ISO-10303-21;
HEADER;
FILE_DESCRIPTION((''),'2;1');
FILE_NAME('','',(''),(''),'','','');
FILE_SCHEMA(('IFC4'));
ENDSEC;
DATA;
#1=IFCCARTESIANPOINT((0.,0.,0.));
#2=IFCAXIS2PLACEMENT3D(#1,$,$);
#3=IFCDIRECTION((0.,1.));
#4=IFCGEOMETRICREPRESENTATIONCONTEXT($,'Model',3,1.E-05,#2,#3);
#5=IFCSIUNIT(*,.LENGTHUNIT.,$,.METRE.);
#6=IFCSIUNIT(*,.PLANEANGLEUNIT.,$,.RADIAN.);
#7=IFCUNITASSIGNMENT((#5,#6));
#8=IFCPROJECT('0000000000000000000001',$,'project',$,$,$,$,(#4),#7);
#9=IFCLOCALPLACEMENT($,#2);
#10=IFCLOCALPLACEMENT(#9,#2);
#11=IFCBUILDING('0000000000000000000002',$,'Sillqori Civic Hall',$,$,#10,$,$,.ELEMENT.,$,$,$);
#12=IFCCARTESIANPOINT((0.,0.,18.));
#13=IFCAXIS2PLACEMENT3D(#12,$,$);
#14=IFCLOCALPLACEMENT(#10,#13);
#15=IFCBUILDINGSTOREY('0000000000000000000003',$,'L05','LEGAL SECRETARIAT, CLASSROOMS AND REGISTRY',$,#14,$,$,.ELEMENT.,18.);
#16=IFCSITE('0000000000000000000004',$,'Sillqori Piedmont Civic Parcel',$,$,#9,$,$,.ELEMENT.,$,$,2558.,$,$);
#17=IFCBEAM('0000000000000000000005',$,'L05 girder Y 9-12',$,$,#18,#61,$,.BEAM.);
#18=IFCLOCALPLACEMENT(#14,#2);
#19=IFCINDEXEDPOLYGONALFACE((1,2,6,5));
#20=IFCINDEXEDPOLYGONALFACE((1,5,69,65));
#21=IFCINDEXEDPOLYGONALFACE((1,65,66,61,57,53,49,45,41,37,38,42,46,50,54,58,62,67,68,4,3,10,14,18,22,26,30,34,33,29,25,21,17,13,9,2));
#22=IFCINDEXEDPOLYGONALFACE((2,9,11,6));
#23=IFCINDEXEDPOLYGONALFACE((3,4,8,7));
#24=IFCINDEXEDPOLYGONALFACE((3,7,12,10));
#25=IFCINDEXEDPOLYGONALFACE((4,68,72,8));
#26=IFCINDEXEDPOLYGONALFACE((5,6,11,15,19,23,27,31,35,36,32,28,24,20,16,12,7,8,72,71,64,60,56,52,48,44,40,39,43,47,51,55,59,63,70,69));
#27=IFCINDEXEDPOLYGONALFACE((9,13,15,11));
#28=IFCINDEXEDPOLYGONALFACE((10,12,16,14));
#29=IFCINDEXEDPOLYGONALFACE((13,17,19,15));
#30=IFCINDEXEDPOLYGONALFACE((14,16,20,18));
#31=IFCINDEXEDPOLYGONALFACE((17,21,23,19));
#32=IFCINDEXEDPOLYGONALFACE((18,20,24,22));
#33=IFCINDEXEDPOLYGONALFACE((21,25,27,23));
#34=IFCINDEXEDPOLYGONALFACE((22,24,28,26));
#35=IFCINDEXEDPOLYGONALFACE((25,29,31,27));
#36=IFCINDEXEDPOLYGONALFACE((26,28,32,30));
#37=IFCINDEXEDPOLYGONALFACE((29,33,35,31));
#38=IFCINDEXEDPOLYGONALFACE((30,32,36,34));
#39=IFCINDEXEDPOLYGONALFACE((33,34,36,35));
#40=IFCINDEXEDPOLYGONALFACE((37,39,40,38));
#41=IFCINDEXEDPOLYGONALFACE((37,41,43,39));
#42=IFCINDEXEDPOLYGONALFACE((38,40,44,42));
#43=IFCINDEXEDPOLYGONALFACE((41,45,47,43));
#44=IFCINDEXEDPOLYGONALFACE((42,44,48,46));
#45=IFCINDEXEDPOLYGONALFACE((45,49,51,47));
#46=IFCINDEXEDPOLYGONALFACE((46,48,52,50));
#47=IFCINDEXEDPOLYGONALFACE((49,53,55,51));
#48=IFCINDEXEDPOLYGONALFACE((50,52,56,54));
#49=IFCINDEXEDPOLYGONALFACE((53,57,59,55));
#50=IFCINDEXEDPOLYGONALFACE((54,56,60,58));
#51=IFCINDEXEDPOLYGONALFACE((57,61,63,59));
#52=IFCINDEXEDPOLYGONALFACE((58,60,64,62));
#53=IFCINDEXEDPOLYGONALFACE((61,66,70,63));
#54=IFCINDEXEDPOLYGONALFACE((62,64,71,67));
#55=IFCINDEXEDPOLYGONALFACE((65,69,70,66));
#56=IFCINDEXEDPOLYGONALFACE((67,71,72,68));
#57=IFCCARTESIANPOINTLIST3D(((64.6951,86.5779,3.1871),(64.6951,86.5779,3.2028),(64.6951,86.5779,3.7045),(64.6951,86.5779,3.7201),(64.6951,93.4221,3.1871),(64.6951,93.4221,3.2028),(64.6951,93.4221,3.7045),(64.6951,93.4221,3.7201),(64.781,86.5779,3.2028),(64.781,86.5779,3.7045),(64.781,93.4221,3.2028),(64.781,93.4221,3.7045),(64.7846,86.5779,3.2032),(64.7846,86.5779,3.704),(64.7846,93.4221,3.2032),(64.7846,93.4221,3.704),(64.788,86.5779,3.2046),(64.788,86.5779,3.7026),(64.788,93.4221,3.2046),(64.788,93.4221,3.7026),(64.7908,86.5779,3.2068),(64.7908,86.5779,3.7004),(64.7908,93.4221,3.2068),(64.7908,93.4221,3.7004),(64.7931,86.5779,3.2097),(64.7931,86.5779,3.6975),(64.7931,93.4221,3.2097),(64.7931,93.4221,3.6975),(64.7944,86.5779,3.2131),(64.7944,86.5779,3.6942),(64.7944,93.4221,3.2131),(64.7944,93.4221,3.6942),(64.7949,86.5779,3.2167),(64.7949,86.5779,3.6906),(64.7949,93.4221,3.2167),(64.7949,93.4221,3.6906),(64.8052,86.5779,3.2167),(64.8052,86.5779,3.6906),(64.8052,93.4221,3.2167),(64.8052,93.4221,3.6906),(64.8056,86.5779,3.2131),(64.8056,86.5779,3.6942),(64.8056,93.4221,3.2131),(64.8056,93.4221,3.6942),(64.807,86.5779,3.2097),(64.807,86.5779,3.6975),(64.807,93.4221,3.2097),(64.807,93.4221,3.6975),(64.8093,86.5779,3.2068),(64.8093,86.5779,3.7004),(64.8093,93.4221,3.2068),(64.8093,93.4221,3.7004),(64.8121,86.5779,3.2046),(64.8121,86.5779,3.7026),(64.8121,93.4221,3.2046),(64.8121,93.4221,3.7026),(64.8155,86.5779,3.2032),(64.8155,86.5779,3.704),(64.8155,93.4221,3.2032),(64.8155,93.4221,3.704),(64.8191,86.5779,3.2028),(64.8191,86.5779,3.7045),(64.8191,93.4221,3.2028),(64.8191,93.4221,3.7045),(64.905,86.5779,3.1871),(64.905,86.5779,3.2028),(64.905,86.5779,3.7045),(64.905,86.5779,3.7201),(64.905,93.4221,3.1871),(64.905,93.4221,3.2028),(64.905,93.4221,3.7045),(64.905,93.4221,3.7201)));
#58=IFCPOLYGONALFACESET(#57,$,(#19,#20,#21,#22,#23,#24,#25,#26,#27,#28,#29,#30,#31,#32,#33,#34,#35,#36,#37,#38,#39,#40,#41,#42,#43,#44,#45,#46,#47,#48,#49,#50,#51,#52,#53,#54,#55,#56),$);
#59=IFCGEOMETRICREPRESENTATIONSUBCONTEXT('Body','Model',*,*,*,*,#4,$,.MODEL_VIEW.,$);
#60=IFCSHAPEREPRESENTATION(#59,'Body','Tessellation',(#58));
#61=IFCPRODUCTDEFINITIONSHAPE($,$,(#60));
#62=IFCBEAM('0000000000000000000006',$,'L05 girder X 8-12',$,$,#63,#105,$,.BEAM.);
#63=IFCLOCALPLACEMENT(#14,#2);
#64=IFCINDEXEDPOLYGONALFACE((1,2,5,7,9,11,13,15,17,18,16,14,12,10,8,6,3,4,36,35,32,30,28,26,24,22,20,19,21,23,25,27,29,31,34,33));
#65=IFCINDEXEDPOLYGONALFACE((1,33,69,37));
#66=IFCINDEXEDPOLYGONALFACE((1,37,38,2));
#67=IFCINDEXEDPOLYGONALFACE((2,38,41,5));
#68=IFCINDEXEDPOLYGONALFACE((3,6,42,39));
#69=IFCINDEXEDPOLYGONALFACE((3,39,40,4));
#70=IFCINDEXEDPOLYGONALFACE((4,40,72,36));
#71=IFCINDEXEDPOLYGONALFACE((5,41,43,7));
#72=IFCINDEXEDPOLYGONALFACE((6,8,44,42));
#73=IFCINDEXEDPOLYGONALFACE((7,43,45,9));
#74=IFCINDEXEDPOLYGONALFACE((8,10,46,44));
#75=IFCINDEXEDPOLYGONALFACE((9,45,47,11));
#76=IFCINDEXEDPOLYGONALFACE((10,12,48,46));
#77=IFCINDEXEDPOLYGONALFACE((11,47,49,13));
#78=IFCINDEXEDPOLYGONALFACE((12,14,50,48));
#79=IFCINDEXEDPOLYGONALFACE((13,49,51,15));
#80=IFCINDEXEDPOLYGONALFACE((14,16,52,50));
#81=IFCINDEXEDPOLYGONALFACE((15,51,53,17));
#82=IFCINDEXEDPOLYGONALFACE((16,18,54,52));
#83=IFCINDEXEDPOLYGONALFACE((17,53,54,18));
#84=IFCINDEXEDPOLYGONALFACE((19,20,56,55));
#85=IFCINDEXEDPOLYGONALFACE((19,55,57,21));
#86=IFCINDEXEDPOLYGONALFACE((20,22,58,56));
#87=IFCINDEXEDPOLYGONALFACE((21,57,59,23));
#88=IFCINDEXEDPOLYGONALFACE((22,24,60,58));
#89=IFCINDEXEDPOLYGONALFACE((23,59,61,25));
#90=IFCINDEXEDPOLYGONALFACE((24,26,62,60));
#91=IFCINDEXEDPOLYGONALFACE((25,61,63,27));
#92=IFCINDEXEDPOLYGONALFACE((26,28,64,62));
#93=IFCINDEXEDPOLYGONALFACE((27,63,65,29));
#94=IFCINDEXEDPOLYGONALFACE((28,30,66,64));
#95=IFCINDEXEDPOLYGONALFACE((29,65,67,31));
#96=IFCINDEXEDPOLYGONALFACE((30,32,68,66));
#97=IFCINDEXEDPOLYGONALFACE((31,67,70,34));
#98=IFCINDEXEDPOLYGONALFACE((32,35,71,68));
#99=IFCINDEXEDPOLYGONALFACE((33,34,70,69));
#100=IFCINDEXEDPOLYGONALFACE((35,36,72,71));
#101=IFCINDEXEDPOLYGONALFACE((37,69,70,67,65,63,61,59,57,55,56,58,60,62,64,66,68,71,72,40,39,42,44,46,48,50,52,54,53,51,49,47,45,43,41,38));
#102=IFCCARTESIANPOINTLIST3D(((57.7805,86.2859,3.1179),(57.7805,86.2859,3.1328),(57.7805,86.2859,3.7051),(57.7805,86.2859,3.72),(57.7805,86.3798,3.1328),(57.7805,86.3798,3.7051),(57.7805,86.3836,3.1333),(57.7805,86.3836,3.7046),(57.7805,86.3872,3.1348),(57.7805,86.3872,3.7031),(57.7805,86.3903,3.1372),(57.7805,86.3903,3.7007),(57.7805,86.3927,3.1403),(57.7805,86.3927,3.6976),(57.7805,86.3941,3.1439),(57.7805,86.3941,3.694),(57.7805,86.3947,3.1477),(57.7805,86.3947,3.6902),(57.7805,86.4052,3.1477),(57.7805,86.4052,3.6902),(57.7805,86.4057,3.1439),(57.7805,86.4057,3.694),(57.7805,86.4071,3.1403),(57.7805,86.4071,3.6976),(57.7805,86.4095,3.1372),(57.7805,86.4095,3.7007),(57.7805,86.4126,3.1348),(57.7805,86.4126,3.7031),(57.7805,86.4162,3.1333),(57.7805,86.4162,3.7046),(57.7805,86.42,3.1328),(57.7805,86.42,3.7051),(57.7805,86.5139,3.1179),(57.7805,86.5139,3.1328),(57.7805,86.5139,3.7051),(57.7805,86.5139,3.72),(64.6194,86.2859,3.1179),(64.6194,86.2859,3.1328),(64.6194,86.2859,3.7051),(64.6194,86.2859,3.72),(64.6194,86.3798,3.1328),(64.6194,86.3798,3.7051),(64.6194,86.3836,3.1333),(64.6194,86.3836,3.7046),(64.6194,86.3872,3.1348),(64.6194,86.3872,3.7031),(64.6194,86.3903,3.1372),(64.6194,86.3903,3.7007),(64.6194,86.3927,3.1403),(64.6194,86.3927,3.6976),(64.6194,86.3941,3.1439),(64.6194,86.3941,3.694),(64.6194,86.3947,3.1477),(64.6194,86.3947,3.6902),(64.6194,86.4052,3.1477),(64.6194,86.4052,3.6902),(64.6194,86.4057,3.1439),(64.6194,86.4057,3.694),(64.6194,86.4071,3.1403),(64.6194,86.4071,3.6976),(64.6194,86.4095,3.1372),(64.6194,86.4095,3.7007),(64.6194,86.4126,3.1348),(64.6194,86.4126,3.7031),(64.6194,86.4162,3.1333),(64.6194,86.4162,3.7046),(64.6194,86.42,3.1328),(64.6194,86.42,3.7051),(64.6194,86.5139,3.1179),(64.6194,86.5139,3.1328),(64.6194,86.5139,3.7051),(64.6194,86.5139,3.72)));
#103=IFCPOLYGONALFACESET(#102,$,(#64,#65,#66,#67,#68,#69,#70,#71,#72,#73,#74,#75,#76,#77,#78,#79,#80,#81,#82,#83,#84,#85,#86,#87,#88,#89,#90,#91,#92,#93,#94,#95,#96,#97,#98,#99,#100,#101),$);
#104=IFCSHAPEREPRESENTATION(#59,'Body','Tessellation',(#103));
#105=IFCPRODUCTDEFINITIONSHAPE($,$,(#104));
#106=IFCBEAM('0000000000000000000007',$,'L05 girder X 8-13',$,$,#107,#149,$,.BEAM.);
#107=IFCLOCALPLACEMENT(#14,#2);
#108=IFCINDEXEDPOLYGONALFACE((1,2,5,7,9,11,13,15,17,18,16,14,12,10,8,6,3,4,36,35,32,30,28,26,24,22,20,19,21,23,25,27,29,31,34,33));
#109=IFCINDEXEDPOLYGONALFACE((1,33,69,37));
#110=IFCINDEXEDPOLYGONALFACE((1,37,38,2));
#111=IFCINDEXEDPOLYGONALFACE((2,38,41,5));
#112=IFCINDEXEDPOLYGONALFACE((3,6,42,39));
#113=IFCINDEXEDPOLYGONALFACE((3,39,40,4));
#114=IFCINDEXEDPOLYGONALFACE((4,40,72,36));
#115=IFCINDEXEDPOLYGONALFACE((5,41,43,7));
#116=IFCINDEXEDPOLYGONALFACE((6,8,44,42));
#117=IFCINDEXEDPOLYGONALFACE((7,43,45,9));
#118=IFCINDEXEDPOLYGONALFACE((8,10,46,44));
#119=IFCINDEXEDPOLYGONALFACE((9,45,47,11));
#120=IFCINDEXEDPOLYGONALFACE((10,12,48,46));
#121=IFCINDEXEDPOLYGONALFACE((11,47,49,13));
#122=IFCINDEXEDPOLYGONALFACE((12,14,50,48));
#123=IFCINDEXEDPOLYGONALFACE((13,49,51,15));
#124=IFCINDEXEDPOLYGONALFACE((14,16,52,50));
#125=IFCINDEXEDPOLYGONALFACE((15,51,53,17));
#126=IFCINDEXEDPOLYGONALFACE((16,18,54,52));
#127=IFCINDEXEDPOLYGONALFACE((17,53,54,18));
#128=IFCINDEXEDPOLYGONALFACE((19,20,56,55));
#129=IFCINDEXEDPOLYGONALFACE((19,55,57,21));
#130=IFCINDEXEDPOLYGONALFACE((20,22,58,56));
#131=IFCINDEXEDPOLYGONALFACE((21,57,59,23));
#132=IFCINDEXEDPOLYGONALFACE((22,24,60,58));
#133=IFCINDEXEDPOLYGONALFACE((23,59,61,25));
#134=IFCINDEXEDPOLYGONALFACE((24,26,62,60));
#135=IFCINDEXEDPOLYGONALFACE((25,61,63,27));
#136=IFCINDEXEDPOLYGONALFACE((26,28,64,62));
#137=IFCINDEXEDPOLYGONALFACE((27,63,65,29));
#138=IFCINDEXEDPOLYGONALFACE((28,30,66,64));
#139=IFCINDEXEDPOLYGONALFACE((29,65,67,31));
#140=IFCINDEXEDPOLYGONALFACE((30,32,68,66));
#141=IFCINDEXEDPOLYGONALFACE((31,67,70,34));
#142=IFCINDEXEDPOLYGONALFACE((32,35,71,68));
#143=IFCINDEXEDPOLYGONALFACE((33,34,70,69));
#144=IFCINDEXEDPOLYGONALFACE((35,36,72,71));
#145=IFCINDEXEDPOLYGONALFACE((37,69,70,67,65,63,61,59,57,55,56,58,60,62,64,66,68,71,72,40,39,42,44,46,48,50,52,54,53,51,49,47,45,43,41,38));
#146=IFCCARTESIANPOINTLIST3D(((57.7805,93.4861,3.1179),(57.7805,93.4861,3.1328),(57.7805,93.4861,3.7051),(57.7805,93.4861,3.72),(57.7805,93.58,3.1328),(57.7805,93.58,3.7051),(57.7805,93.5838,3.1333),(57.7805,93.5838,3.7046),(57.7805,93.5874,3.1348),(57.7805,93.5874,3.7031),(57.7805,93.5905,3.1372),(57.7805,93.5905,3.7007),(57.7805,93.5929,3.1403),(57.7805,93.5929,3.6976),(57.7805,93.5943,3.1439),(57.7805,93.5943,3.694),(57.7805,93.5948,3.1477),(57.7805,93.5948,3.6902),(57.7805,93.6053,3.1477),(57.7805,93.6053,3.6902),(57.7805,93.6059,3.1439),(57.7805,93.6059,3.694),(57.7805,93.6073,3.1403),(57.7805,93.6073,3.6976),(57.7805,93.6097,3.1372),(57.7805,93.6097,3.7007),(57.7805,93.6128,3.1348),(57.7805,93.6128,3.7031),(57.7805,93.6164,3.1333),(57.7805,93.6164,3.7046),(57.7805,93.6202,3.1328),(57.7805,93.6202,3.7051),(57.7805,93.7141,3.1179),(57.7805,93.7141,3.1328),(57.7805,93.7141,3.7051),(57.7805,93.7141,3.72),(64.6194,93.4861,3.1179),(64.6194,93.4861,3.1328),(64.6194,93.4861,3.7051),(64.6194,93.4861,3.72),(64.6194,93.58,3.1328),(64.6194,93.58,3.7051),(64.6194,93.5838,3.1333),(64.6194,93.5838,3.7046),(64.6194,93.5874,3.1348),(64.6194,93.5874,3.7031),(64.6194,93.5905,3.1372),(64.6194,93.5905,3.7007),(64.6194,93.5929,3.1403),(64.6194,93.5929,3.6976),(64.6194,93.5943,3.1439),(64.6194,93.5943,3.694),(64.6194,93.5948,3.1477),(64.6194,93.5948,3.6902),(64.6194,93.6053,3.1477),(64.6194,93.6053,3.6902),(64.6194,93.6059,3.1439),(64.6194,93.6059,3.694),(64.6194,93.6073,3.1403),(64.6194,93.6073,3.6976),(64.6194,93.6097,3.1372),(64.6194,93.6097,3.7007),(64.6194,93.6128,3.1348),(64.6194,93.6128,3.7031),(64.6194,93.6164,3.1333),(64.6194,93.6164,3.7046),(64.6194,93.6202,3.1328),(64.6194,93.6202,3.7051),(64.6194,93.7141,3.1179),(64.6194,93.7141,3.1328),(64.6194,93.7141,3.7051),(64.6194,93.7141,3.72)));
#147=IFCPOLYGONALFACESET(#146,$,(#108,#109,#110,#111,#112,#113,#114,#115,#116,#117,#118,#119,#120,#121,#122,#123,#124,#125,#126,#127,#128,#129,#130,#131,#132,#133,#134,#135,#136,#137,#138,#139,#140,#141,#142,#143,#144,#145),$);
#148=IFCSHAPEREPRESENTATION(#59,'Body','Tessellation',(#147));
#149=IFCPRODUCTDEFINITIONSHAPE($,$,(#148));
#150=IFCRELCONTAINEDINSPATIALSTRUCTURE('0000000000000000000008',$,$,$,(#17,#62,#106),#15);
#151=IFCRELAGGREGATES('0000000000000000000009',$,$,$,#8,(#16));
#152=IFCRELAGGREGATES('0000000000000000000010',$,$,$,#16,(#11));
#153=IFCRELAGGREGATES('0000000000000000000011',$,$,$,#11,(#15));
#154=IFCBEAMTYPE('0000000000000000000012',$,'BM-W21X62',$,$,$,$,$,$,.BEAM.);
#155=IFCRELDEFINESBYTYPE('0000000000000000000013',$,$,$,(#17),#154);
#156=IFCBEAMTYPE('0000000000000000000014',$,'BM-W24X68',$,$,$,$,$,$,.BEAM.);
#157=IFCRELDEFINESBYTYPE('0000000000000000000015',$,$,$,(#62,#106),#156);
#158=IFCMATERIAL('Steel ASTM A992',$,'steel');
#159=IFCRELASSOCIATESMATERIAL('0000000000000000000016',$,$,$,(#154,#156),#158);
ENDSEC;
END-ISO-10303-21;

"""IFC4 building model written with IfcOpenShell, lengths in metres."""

from ifc_helpers import new_model, si_unit, direction, frame, origin, origin_2d, place, context, subcontext, project, spatial, i_section, extrude, material, material_profile, profile_set, type_object, element, save


model = new_model("IFC4")

# Units and contexts
model_context = context("Model", 3, precision=1e-05, world=origin(), true_north=direction((0.0, 1.0)))
body_context = subcontext(model_context, "Body", "Model", "MODEL_VIEW")
ifc_project = project(units=[si_unit("LENGTHUNIT", "METRE"), si_unit("PLANEANGLEUNIT", "RADIAN")], contexts=[model_context])

# Site, building, storey
site_placement = place(None, origin())
site = spatial("IfcSite", under=ifc_project, at=site_placement, Name="Sillqori Piedmont Civic Parcel", CompositionType="ELEMENT", RefElevation=2558.0)
building_placement = place(site_placement, origin())
building = spatial("IfcBuilding", under=site, at=building_placement, Name="Sillqori Civic Hall", CompositionType="ELEMENT")
storey_placement = place(building_placement, frame((0.0, 0.0, 18.0)))
storey = spatial("IfcBuildingStorey", under=building, at=storey_placement, Name="L05", Description="LEGAL SECRETARIAT, CLASSROOMS AND REGISTRY", CompositionType="ELEMENT", Elevation=18.0)

# Shared definitions
ifc_material_1 = material(Name="Steel ASTM A992", Category="steel")

# Beams
ifc_material_profile_1 = material_profile(ifc_material_1, i_section(OverallWidth=0.21, OverallDepth=0.533, WebThickness=0.0103, FlangeThickness=0.0156, FilletRadius=0.0139, at=origin_2d()), Name="W21X62")
ifc_profile_set_1 = profile_set([ifc_material_profile_1], Name="Steel ASTM A992")
beam_type_1 = type_object("IfcBeamType", Name="BM-W21X62", PredefinedType="BEAM", material=ifc_profile_set_1)
for number, where, z_axis, x_axis, name in (
    (1, (64.8, 86.5779, 3.4536), (0.0, 1.0, 0.0), (-1.0, 0.0, 0.0), "L05 girder Y 9-12"),
):
    element("IfcBeam", number, at=place(storey_placement, frame(where, z_axis=z_axis, x_axis=x_axis)), inside=storey, type_object=beam_type_1, Name=name, PredefinedType="BEAM", context=body_context, shape_type="SweptSolid", body=[
        extrude(i_section(OverallWidth=0.21, OverallDepth=0.533, WebThickness=0.0103, FlangeThickness=0.0156, FilletRadius=0.0139, at=origin_2d()), origin(), (0.0, 0.0, 1.0), 6.8442),
    ])
ifc_material_profile_2 = material_profile(ifc_material_1, i_section(OverallWidth=0.228, OverallDepth=0.6021, WebThickness=0.0105, FlangeThickness=0.0149, FilletRadius=0.0149, at=origin_2d()), Name="W24X68")
ifc_profile_set_2 = profile_set([ifc_material_profile_2], Name="Steel ASTM A992")
beam_type_2 = type_object("IfcBeamType", Name="BM-W24X68", PredefinedType="BEAM", material=ifc_profile_set_2)
for number, where, z_axis, x_axis, name in (
    (2, (57.7805, 86.3999, 3.4189), (1.0, 0.0, 0.0), (0.0, 1.0, 0.0), "L05 girder X 8-12"),
    (3, (57.7805, 93.6001, 3.4189), (1.0, 0.0, 0.0), (0.0, 1.0, 0.0), "L05 girder X 8-13"),
):
    element("IfcBeam", number, at=place(storey_placement, frame(where, z_axis=z_axis, x_axis=x_axis)), inside=storey, type_object=beam_type_2, Name=name, PredefinedType="BEAM", context=body_context, shape_type="SweptSolid", body=[
        extrude(i_section(OverallWidth=0.228, OverallDepth=0.6021, WebThickness=0.0105, FlangeThickness=0.0149, FilletRadius=0.0149, at=origin_2d()), origin(), (0.0, 0.0, 1.0), 6.8389),
    ])

save(model, "model.ifc")
